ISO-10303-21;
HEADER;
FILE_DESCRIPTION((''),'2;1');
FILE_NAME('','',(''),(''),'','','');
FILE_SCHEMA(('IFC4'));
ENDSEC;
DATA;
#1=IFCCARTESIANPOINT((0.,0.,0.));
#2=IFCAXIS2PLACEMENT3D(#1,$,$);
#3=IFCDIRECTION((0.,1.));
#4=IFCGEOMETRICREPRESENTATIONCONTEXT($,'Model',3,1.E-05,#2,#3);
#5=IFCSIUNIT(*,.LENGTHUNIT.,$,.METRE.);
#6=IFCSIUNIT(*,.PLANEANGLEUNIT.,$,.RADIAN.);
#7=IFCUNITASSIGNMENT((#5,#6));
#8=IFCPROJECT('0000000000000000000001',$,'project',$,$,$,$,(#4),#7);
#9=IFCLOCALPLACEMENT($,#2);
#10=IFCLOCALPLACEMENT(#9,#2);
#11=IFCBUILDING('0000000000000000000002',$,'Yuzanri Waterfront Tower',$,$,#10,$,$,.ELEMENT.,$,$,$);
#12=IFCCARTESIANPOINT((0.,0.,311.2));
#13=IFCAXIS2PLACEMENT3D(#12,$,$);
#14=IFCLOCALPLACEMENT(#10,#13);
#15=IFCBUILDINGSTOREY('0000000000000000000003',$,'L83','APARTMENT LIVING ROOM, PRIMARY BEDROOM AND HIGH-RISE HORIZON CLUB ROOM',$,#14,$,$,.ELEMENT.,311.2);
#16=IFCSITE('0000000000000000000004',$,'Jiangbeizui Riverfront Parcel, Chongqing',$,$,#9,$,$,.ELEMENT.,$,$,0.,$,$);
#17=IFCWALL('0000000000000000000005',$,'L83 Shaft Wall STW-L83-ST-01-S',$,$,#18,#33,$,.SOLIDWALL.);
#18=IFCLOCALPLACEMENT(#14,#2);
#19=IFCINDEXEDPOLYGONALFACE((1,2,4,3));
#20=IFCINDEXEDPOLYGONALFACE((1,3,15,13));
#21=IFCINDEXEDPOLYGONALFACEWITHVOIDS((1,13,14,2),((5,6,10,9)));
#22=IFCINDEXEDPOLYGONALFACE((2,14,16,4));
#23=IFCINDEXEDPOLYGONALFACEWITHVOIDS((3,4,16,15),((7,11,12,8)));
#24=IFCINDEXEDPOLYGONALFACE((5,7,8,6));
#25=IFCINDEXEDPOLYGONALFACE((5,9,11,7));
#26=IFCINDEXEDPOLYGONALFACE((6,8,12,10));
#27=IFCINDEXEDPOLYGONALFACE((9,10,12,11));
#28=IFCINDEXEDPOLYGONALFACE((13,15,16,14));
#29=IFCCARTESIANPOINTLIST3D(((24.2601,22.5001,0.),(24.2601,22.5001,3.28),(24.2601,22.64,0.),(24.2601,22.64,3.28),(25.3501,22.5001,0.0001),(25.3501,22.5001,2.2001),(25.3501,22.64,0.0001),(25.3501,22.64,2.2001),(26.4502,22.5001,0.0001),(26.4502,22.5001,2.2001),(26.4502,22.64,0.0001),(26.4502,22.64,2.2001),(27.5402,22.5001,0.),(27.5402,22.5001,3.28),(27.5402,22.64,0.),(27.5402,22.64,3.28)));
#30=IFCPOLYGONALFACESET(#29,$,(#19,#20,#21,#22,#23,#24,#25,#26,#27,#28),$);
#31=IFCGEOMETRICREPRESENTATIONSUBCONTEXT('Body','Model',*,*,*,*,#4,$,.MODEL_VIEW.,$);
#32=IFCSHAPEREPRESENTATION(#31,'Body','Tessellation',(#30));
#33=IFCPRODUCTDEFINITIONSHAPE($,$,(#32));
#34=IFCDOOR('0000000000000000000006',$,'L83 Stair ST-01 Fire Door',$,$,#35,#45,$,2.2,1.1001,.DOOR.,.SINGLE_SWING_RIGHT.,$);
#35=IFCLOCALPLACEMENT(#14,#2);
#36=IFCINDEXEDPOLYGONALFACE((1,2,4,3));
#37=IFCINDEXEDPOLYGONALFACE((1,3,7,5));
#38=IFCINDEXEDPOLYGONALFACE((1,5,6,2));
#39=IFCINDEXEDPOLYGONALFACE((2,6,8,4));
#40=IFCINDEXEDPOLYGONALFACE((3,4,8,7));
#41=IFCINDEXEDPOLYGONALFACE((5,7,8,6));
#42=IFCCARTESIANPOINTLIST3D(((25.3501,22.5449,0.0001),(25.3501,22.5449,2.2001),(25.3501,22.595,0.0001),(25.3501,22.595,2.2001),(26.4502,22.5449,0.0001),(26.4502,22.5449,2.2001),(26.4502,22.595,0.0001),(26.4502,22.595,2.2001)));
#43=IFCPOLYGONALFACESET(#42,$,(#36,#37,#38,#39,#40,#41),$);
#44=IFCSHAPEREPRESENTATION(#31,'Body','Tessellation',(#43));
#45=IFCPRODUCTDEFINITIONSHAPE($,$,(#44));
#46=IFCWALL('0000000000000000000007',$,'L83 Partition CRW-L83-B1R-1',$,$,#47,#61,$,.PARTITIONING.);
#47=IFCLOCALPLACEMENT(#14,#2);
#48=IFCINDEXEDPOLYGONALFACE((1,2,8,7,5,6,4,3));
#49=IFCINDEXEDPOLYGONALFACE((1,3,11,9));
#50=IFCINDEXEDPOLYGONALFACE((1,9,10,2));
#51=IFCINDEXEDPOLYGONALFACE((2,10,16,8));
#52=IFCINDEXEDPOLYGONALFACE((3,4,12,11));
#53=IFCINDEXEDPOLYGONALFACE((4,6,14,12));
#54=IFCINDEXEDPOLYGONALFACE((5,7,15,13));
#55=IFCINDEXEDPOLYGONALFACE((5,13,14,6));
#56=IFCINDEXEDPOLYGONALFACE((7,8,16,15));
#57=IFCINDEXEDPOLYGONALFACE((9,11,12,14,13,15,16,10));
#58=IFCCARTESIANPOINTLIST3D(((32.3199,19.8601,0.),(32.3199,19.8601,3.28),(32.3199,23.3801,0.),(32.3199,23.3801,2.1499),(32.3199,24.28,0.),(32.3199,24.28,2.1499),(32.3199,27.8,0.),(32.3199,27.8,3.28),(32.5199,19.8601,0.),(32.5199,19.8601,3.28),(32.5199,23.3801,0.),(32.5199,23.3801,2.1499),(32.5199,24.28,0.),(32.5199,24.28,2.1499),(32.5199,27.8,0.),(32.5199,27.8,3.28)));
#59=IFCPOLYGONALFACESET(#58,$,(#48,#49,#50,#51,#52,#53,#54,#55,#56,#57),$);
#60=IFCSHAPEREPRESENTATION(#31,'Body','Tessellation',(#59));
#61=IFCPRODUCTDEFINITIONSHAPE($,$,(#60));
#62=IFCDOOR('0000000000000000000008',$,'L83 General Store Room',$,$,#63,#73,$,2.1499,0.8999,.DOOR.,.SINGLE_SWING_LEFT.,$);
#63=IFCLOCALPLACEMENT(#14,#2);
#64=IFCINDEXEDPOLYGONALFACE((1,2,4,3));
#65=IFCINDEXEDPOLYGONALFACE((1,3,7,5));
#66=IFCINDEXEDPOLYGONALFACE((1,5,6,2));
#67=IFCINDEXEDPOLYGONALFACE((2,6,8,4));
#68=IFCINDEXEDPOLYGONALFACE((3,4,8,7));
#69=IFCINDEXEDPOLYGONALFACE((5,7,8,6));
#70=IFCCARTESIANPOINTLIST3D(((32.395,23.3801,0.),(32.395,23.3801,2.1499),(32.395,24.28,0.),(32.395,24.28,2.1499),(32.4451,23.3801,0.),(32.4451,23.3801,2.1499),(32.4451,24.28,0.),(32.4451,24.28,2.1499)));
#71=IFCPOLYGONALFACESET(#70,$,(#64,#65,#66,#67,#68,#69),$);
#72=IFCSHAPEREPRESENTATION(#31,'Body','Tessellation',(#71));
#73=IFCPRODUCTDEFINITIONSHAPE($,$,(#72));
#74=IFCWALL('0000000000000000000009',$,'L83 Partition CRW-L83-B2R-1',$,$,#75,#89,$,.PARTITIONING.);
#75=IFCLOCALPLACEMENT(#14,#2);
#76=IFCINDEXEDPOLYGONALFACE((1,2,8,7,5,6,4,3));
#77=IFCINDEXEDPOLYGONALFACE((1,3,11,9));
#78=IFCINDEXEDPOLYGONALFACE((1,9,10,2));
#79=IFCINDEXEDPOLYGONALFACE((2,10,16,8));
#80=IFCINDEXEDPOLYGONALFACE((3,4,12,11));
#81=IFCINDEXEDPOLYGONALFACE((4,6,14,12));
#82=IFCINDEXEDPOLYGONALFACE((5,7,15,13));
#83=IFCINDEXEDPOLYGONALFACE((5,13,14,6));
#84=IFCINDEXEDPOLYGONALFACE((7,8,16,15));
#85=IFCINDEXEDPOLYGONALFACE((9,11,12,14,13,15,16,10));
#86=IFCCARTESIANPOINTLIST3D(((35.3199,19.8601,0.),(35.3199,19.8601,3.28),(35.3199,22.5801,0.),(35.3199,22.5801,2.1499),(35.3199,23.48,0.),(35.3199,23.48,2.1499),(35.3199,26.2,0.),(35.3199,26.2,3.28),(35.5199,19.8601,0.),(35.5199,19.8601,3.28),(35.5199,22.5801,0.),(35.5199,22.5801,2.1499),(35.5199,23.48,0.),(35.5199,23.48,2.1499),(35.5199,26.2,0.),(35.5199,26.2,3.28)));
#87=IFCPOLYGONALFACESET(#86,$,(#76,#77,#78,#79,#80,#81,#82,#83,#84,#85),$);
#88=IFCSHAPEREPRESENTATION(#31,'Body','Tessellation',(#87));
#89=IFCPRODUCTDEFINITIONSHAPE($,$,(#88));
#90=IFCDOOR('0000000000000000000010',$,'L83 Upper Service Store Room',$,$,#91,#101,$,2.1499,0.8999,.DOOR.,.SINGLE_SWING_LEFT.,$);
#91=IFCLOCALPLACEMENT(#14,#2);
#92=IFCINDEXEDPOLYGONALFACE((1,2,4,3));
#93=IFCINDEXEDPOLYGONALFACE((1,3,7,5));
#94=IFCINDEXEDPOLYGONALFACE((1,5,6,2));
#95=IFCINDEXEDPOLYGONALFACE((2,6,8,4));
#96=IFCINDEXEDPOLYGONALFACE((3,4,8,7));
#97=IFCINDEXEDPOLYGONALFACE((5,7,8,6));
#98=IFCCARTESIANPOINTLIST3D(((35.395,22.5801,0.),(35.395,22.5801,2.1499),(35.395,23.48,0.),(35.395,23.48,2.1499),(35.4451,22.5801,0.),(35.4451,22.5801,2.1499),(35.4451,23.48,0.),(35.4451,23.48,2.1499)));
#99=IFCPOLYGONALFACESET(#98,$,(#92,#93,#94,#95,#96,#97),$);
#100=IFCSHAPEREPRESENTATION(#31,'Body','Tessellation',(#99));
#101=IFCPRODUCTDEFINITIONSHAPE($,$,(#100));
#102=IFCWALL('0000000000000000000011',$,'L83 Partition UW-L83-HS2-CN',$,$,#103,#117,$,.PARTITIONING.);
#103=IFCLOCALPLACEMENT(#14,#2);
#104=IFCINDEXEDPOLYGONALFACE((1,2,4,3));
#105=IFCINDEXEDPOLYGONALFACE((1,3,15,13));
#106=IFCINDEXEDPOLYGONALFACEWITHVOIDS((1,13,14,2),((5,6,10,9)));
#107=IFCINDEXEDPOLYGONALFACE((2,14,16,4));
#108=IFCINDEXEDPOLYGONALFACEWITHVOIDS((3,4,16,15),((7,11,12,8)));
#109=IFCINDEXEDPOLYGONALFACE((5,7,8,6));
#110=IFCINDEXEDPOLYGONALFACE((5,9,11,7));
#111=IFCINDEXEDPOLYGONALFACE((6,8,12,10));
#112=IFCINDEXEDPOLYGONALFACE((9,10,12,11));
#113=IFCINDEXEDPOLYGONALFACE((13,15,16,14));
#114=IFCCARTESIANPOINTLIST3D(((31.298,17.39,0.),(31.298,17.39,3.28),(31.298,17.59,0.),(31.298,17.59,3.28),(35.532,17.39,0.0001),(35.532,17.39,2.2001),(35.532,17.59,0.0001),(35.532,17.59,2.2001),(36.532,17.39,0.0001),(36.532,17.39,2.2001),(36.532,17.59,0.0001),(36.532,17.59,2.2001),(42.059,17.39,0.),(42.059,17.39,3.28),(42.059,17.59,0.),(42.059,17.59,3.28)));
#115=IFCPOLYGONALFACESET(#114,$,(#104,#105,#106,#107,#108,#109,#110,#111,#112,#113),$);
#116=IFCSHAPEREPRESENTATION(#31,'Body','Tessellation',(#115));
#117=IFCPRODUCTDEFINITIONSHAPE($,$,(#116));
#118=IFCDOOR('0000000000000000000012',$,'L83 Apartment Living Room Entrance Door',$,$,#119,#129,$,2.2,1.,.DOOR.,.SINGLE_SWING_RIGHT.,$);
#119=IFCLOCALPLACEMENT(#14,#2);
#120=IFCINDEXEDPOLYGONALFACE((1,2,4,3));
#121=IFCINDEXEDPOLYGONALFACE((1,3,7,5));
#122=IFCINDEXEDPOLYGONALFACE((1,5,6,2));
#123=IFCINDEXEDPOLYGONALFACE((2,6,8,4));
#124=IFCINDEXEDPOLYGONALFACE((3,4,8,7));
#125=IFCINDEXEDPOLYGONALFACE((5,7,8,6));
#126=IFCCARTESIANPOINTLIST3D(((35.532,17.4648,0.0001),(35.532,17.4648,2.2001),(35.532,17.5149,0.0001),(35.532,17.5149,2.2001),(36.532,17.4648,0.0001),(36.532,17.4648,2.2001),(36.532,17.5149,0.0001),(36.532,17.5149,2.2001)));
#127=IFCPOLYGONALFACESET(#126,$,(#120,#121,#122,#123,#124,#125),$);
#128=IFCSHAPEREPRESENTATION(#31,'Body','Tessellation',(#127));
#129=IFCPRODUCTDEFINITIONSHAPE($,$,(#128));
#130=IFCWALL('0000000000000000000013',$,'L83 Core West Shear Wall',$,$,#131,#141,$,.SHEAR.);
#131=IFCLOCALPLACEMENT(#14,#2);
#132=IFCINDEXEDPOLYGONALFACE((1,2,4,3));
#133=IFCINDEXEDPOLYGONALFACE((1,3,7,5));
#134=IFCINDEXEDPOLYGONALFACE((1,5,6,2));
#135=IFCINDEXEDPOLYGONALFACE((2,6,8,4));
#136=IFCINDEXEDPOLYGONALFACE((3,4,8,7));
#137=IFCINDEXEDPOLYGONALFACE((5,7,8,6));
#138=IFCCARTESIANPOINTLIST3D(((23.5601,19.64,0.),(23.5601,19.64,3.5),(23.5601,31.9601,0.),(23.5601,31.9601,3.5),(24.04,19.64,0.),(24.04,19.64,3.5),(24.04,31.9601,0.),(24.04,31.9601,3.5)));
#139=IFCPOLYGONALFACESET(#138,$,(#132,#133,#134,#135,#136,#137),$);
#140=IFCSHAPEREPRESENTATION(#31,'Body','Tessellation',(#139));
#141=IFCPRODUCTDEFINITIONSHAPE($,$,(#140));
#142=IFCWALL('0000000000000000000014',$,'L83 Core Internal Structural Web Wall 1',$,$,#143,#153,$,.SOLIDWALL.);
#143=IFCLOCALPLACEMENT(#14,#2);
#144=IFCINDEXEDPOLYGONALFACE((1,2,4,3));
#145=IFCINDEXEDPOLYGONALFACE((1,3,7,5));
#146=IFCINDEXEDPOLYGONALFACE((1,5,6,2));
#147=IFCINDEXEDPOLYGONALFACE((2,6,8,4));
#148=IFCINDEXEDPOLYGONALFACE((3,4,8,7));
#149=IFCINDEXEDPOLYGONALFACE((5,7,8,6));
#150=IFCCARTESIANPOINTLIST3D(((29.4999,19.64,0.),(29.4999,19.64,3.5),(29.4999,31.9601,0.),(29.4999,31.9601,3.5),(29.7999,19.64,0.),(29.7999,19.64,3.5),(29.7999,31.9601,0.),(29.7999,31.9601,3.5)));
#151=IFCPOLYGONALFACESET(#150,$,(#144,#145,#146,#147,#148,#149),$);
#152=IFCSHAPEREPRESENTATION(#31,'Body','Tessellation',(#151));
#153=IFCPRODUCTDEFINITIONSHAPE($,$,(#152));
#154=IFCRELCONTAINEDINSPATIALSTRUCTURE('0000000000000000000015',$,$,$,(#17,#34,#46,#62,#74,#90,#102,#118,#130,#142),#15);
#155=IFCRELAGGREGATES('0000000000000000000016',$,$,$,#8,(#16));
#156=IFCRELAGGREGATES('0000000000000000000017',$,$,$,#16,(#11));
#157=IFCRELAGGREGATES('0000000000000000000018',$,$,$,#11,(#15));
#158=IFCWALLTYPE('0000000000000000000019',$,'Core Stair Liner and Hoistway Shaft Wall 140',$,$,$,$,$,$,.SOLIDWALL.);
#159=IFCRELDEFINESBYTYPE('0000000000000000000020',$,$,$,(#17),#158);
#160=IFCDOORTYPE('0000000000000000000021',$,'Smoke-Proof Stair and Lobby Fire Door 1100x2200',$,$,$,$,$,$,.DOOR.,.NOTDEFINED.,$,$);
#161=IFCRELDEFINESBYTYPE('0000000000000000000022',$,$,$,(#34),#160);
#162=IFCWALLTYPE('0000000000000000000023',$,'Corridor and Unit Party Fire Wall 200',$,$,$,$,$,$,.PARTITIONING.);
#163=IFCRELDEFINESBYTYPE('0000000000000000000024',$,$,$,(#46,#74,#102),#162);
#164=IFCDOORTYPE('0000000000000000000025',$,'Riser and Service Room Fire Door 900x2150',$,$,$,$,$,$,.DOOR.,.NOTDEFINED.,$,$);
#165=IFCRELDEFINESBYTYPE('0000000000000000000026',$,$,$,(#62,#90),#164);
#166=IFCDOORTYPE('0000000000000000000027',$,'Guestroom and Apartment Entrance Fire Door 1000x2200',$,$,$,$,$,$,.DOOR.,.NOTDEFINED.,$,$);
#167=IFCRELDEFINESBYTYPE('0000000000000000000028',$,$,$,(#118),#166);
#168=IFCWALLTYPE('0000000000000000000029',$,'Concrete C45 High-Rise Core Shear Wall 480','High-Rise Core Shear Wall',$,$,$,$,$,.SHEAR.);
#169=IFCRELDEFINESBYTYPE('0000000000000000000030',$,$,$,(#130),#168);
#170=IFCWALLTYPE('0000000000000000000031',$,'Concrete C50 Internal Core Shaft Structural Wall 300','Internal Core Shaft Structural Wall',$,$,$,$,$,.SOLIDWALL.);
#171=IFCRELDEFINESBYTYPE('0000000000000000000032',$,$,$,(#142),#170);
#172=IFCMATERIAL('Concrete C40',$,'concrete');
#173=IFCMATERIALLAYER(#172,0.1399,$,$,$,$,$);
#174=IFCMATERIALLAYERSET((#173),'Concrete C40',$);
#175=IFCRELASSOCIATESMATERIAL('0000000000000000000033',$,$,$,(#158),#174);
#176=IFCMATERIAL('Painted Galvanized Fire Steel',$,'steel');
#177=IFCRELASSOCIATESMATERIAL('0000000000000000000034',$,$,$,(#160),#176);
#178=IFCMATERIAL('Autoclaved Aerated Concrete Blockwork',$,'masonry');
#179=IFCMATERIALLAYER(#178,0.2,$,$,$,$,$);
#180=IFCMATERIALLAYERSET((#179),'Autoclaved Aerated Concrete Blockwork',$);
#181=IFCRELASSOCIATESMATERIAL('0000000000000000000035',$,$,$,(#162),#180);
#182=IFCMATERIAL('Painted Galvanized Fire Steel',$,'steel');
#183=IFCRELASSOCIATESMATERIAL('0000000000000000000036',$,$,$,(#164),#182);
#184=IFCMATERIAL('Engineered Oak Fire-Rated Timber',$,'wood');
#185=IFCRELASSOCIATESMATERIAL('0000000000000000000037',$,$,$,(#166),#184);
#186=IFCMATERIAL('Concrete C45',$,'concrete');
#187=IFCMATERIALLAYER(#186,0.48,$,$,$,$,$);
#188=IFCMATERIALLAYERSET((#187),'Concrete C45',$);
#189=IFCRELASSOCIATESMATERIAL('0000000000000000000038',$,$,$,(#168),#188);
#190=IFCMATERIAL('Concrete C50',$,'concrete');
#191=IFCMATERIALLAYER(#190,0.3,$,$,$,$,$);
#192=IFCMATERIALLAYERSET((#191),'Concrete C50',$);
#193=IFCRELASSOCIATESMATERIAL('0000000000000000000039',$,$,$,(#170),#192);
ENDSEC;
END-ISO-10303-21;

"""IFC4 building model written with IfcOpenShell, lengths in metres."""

from ifc_helpers import new_model, si_unit, direction, frame, frame_2d, origin, place, context, subcontext, project, spatial, rectangle, extrude, source, transform, mapped, material, layer, layer_set, type_object, element, fill, save


model = new_model("IFC4")

# Units and contexts
model_context = context("Model", 3, precision=1e-05, world=origin(), true_north=direction((0.0, 1.0)))
body_context = subcontext(model_context, "Body", "Model", "MODEL_VIEW")
ifc_project = project(units=[si_unit("LENGTHUNIT", "METRE"), si_unit("PLANEANGLEUNIT", "RADIAN")], contexts=[model_context])

# Site, building, storey
site_placement = place(None, origin())
site = spatial("IfcSite", under=ifc_project, at=site_placement, Name="Jiangbeizui Riverfront Parcel, Chongqing", CompositionType="ELEMENT", RefElevation=0.0)
building_placement = place(site_placement, origin())
building = spatial("IfcBuilding", under=site, at=building_placement, Name="Yuzanri Waterfront Tower", CompositionType="ELEMENT")
storey_placement = place(building_placement, frame((0.0, 0.0, 311.2)))
storey = spatial("IfcBuildingStorey", under=building, at=storey_placement, Name="L83", Description="APARTMENT LIVING ROOM, PRIMARY BEDROOM AND HIGH-RISE HORIZON CLUB ROOM", CompositionType="ELEMENT", Elevation=311.2)

# Walls, openings, doors
ifc_material_1 = material(Name="Concrete C40", Category="concrete")
ifc_layer_1 = layer(ifc_material_1, 0.1399)
ifc_layer_set_1 = layer_set([ifc_layer_1], Name="Concrete C40")
wall_type_1 = type_object("IfcWallType", Name="Core Stair Liner and Hoistway Shaft Wall 140", PredefinedType="SOLIDWALL", material=ifc_layer_set_1)
wall_1_placement = place(storey_placement, frame((24.26, 22.5701, 0.0), z_axis=(0.0, 0.0, 1.0), x_axis=(1.0, 0.0, 0.0)))
wall_1 = element("IfcWall", 1, at=wall_1_placement, inside=storey, type_object=wall_type_1, Name="L83 Shaft Wall STW-L83-ST-01-S", PredefinedType="SOLIDWALL", context=body_context, shape_type="SweptSolid", body=[
    extrude(rectangle(XDim=3.28, YDim=0.1399, at=frame_2d((1.6401, 0.0))), origin(), (0.0, 0.0, 1.0), 3.28),
])
opening_1_placement = place(wall_1_placement, frame((1.0901, 0.0, 0.0)))
opening_1 = element("IfcOpeningElement", 2, at=opening_1_placement, cuts=wall_1, PredefinedType="OPENING", context=body_context, shape_type="SweptSolid", body=[
    extrude(rectangle(XDim=1.1001, YDim=2.2, at=frame_2d((0.55, 1.1001))), frame((0.0, 0.085, 0.0), z_axis=(0.0, -1.0, 0.0), x_axis=(1.0, 0.0, 0.0)), (0.0, 0.0, 1.0), 0.1697),
])
ifc_material_2 = material(Name="Painted Galvanized Fire Steel", Category="steel")
door_type_1 = type_object("IfcDoorType", Name="Smoke-Proof Stair and Lobby Fire Door 1100x2200", OperationType="NOTDEFINED", PredefinedType="DOOR", material=ifc_material_2)
shared_shape_1 = source(origin(), body_context, "Body", "SweptSolid", [
    extrude(rectangle(XDim=1.1001, YDim=2.2, at=frame_2d((0.55, 1.1001))), frame((0.0, 0.0249, 0.0), z_axis=(0.0, -1.0, 0.0), x_axis=(1.0, 0.0, 0.0)), (0.0, 0.0, 1.0), 0.05),
])
door_1_placement = place(opening_1_placement, origin())
door_1 = element("IfcDoor", 3, at=door_1_placement, inside=storey, type_object=door_type_1, Name="L83 Stair ST-01 Fire Door", OperationType="SINGLE_SWING_RIGHT", OverallHeight=2.2, OverallWidth=1.1001, PredefinedType="DOOR", context=body_context, shape_type="MappedRepresentation", body=[
    mapped(shared_shape_1, transform((0.0, 0.0, 0.0), scale=1.0)),
])
fill(opening_1, door_1)
ifc_material_3 = material(Name="Autoclaved Aerated Concrete Blockwork", Category="masonry")
ifc_layer_2 = layer(ifc_material_3, 0.2)
ifc_layer_set_2 = layer_set([ifc_layer_2], Name="Autoclaved Aerated Concrete Blockwork")
wall_type_2 = type_object("IfcWallType", Name="Corridor and Unit Party Fire Wall 200", PredefinedType="PARTITIONING", material=ifc_layer_set_2)
wall_2_placement = place(storey_placement, frame((32.4199, 19.8601, 0.0), z_axis=(0.0, 0.0, 1.0), x_axis=(0.0, 1.0, 0.0)))
wall_2 = element("IfcWall", 4, at=wall_2_placement, inside=storey, type_object=wall_type_2, Name="L83 Partition CRW-L83-B1R-1", PredefinedType="PARTITIONING", context=body_context, shape_type="SweptSolid", body=[
    extrude(rectangle(XDim=7.9399, YDim=0.2, at=frame_2d((3.97, 0.0))), origin(), (0.0, 0.0, 1.0), 3.28),
])
opening_2_placement = place(wall_2_placement, frame((3.52, 0.0, 0.0)))
opening_2 = element("IfcOpeningElement", 5, at=opening_2_placement, cuts=wall_2, PredefinedType="OPENING", context=body_context, shape_type="SweptSolid", body=[
    extrude(rectangle(XDim=0.8999, YDim=2.1499, at=frame_2d((0.45, 1.075))), frame((0.0, 0.1147, 0.0), z_axis=(0.0, -1.0, 0.0), x_axis=(1.0, 0.0, 0.0)), (0.0, 0.0, 1.0), 0.2297),
])
ifc_material_4 = material(Name="Painted Galvanized Fire Steel", Category="steel")
door_type_2 = type_object("IfcDoorType", Name="Riser and Service Room Fire Door 900x2150", OperationType="NOTDEFINED", PredefinedType="DOOR", material=ifc_material_4)
shared_shape_2 = source(origin(), body_context, "Body", "SweptSolid", [
    extrude(rectangle(XDim=0.8999, YDim=2.1499, at=frame_2d((0.45, 1.075))), frame((0.0, 0.0249, 0.0), z_axis=(0.0, -1.0, 0.0), x_axis=(1.0, 0.0, 0.0)), (0.0, 0.0, 1.0), 0.05),
])
door_2_placement = place(opening_2_placement, origin())
door_2 = element("IfcDoor", 6, at=door_2_placement, inside=storey, type_object=door_type_2, Name="L83 General Store Room", OperationType="SINGLE_SWING_LEFT", OverallHeight=2.1499, OverallWidth=0.8999, PredefinedType="DOOR", context=body_context, shape_type="MappedRepresentation", body=[
    mapped(shared_shape_2, transform((0.0, 0.0, 0.0), scale=1.0)),
])
fill(opening_2, door_2)
wall_3_placement = place(storey_placement, frame((35.4199, 19.8601, 0.0), z_axis=(0.0, 0.0, 1.0), x_axis=(0.0, 1.0, 0.0)))
wall_3 = element("IfcWall", 7, at=wall_3_placement, inside=storey, type_object=wall_type_2, Name="L83 Partition CRW-L83-B2R-1", PredefinedType="PARTITIONING", context=body_context, shape_type="SweptSolid", body=[
    extrude(rectangle(XDim=6.3398, YDim=0.2, at=frame_2d((3.1699, 0.0))), origin(), (0.0, 0.0, 1.0), 3.28),
])
opening_3_placement = place(wall_3_placement, frame((2.72, 0.0, 0.0)))
opening_3 = element("IfcOpeningElement", 8, at=opening_3_placement, cuts=wall_3, PredefinedType="OPENING", context=body_context, shape_type="SweptSolid", body=[
    extrude(rectangle(XDim=0.8999, YDim=2.1499, at=frame_2d((0.45, 1.075))), frame((0.0, 0.1147, 0.0), z_axis=(0.0, -1.0, 0.0), x_axis=(1.0, 0.0, 0.0)), (0.0, 0.0, 1.0), 0.2297),
])
door_3_placement = place(opening_3_placement, origin())
door_3 = element("IfcDoor", 9, at=door_3_placement, inside=storey, type_object=door_type_2, Name="L83 Upper Service Store Room", OperationType="SINGLE_SWING_LEFT", OverallHeight=2.1499, OverallWidth=0.8999, PredefinedType="DOOR", context=body_context, shape_type="MappedRepresentation", body=[
    mapped(shared_shape_2, transform((0.0, 0.0, 0.0), scale=1.0)),
])
fill(opening_3, door_3)
wall_4_placement = place(storey_placement, frame((31.2981, 17.49, 0.0), z_axis=(0.0, 0.0, 1.0), x_axis=(1.0, 0.0, 0.0)))
wall_4 = element("IfcWall", 10, at=wall_4_placement, inside=storey, type_object=wall_type_2, Name="L83 Partition UW-L83-HS2-CN", PredefinedType="PARTITIONING", context=body_context, shape_type="SweptSolid", body=[
    extrude(rectangle(XDim=10.761, YDim=0.2, at=frame_2d((5.3804, 0.0))), origin(), (0.0, 0.0, 1.0), 3.28),
])
opening_4_placement = place(wall_4_placement, frame((4.2339, 0.0, 0.0)))
opening_4 = element("IfcOpeningElement", 11, at=opening_4_placement, cuts=wall_4, PredefinedType="OPENING", context=body_context, shape_type="SweptSolid", body=[
    extrude(rectangle(XDim=1.0, YDim=2.2, at=frame_2d((0.5, 1.1001))), frame((0.0, 0.1147, 0.0), z_axis=(0.0, -1.0, 0.0), x_axis=(1.0, 0.0, 0.0)), (0.0, 0.0, 1.0), 0.2297),
])
ifc_material_5 = material(Name="Engineered Oak Fire-Rated Timber", Category="wood")
door_type_3 = type_object("IfcDoorType", Name="Guestroom and Apartment Entrance Fire Door 1000x2200", OperationType="NOTDEFINED", PredefinedType="DOOR", material=ifc_material_5)
shared_shape_3 = source(origin(), body_context, "Body", "SweptSolid", [
    extrude(rectangle(XDim=1.0, YDim=2.2, at=frame_2d((0.5, 1.1001))), frame((0.0, 0.0249, 0.0), z_axis=(0.0, -1.0, 0.0), x_axis=(1.0, 0.0, 0.0)), (0.0, 0.0, 1.0), 0.05),
])
door_4_placement = place(opening_4_placement, origin())
door_4 = element("IfcDoor", 12, at=door_4_placement, inside=storey, type_object=door_type_3, Name="L83 Apartment Living Room Entrance Door", OperationType="SINGLE_SWING_RIGHT", OverallHeight=2.2, OverallWidth=1.0, PredefinedType="DOOR", context=body_context, shape_type="MappedRepresentation", body=[
    mapped(shared_shape_3, transform((0.0, 0.0, 0.0), scale=1.0)),
])
fill(opening_4, door_4)

# Walls
ifc_material_6 = material(Name="Concrete C45", Category="concrete")
ifc_layer_3 = layer(ifc_material_6, 0.48)
ifc_layer_set_3 = layer_set([ifc_layer_3], Name="Concrete C45")
wall_type_3 = type_object("IfcWallType", Name="Concrete C45 High-Rise Core Shear Wall 480", Description="High-Rise Core Shear Wall", PredefinedType="SHEAR", material=ifc_layer_set_3)
shared_shape_4 = source(origin(), body_context, "Body", "SweptSolid", [
    extrude(rectangle(XDim=12.3201, YDim=0.48, at=frame_2d((6.1602, 0.0))), origin(), (0.0, 0.0, 1.0), 3.5),
])
wall_5_placement = place(storey_placement, frame((23.8, 19.6399, 0.0), z_axis=(0.0, 0.0, 1.0), x_axis=(0.0, 1.0, 0.0)))
element("IfcWall", 13, at=wall_5_placement, inside=storey, type_object=wall_type_3, Name="L83 Core West Shear Wall", PredefinedType="SHEAR", context=body_context, shape_type="MappedRepresentation", body=[
    mapped(shared_shape_4, transform((0.0, 0.0, 0.0), scale=1.0)),
])
ifc_material_7 = material(Name="Concrete C50", Category="concrete")
ifc_layer_4 = layer(ifc_material_7, 0.3)
ifc_layer_set_4 = layer_set([ifc_layer_4], Name="Concrete C50")
wall_type_4 = type_object("IfcWallType", Name="Concrete C50 Internal Core Shaft Structural Wall 300", Description="Internal Core Shaft Structural Wall", PredefinedType="SOLIDWALL", material=ifc_layer_set_4)
shared_shape_5 = source(origin(), body_context, "Body", "SweptSolid", [
    extrude(rectangle(XDim=12.3201, YDim=0.3, at=frame_2d((6.1602, 0.0))), origin(), (0.0, 0.0, 1.0), 3.5),
])
wall_6_placement = place(storey_placement, frame((29.6499, 19.6399, 0.0), z_axis=(0.0, 0.0, 1.0), x_axis=(0.0, 1.0, 0.0)))
element("IfcWall", 14, at=wall_6_placement, inside=storey, type_object=wall_type_4, Name="L83 Core Internal Structural Web Wall 1", PredefinedType="SOLIDWALL", context=body_context, shape_type="MappedRepresentation", body=[
    mapped(shared_shape_5, transform((0.0, 0.0, 0.0), scale=1.0)),
])

save(model, "model.ifc")
